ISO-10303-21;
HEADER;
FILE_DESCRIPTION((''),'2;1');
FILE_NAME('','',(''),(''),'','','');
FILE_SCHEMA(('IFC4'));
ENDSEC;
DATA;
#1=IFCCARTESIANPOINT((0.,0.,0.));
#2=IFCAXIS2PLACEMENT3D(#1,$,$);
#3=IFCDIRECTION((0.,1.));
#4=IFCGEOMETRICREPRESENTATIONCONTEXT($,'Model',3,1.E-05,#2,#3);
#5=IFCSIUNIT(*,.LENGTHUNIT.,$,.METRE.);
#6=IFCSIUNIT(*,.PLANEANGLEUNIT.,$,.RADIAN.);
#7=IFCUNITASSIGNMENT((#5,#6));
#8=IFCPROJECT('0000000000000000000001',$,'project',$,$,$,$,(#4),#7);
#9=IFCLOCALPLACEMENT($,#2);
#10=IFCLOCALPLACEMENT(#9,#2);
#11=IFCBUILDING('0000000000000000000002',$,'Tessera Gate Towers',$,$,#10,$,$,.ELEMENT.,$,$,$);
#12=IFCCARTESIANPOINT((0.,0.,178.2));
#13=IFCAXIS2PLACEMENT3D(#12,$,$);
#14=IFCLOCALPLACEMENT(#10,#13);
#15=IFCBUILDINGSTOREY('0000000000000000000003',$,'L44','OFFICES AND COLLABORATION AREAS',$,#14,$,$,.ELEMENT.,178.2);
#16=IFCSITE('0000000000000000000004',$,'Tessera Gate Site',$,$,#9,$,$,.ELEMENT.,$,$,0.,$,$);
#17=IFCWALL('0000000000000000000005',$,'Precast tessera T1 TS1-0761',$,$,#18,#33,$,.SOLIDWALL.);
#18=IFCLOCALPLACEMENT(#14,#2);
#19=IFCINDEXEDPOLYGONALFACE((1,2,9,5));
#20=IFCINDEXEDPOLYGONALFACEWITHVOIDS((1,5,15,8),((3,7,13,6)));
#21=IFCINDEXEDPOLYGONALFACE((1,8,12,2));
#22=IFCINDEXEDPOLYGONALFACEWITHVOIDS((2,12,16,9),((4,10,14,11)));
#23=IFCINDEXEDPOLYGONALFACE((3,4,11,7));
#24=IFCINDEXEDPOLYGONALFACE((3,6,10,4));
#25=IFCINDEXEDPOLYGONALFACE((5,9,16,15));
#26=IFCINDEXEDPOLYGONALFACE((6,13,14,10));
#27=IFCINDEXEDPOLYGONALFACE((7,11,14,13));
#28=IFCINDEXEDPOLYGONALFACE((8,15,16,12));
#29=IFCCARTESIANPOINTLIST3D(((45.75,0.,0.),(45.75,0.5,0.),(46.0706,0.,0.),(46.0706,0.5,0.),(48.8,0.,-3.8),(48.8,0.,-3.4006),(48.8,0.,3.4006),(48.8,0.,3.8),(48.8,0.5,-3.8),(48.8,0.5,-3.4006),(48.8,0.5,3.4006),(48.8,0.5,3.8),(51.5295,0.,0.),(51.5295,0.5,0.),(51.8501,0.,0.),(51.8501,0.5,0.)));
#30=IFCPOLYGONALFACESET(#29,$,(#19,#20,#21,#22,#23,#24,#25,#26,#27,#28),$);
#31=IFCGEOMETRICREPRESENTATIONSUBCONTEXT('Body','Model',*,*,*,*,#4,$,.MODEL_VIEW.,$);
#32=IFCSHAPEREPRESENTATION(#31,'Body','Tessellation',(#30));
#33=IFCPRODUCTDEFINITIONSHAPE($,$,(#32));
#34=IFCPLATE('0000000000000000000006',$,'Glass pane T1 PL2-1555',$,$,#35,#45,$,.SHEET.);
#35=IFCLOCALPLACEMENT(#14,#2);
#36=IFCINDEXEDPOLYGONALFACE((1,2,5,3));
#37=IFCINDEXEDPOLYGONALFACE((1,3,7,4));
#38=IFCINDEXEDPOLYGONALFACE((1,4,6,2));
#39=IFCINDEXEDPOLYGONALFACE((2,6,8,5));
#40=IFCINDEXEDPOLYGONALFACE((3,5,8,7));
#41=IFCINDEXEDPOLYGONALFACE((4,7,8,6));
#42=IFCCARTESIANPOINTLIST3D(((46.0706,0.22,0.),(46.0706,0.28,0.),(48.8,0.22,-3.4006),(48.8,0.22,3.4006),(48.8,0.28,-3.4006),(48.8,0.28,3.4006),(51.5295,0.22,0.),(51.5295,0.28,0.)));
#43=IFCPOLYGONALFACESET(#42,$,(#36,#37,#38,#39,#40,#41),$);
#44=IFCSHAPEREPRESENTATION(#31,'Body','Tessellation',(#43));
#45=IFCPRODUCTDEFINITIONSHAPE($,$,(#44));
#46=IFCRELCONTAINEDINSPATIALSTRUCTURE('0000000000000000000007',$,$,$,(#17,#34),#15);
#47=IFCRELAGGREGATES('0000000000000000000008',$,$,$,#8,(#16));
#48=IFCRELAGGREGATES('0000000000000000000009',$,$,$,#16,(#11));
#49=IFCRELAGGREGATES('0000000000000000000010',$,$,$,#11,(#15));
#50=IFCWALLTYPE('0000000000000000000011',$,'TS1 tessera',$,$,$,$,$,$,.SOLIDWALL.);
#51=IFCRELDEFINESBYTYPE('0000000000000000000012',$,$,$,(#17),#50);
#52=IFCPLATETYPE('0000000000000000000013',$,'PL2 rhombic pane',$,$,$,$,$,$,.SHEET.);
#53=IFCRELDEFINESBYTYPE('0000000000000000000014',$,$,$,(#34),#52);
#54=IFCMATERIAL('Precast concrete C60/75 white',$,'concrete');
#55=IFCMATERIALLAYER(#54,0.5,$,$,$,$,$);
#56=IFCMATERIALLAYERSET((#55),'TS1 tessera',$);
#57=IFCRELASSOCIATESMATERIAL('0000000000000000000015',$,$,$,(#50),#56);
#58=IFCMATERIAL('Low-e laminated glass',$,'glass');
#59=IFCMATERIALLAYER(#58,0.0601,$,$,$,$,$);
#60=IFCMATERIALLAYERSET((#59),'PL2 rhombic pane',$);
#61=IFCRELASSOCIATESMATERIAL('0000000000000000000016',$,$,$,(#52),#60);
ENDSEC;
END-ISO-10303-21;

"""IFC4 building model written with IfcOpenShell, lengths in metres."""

from ifc_helpers import new_model, si_unit, direction, frame, origin, place, context, subcontext, project, spatial, polyline, outline, extrude, source, transform, mapped, material, layer, layer_set, type_object, element, fill, save


model = new_model("IFC4")

# Units and contexts
model_context = context("Model", 3, precision=1e-05, world=origin(), true_north=direction((0.0, 1.0)))
body_context = subcontext(model_context, "Body", "Model", "MODEL_VIEW")
ifc_project = project(units=[si_unit("LENGTHUNIT", "METRE"), si_unit("PLANEANGLEUNIT", "RADIAN")], contexts=[model_context])

# Site, building, storey
site_placement = place(None, origin())
site = spatial("IfcSite", under=ifc_project, at=site_placement, Name="Tessera Gate Site", CompositionType="ELEMENT", RefElevation=0.0)
building_placement = place(site_placement, origin())
building = spatial("IfcBuilding", under=site, at=building_placement, Name="Tessera Gate Towers", CompositionType="ELEMENT")
storey_placement = place(building_placement, frame((0.0, 0.0, 178.2)))
storey = spatial("IfcBuildingStorey", under=building, at=storey_placement, Name="L44", Description="OFFICES AND COLLABORATION AREAS", CompositionType="ELEMENT", Elevation=178.2)

# Wall, opening, plate
ifc_material_1 = material(Name="Precast concrete C60/75 white", Category="concrete")
ifc_layer_1 = layer(ifc_material_1, 0.5)
ifc_layer_set_1 = layer_set([ifc_layer_1], Name="TS1 tessera")
wall_type_1 = type_object("IfcWallType", Name="TS1 tessera", PredefinedType="SOLIDWALL", material=ifc_layer_set_1)
shared_shape_1 = source(origin(), body_context, "Body", "SweptSolid", [
    extrude(outline(polyline([(3.05, 0.0), (6.1001, 3.8), (3.05, 7.6001), (0.0, 3.8), (3.05, 0.0)])), frame((0.0, 0.25, 0.0), z_axis=(0.0, -1.0, 0.0), x_axis=(1.0, 0.0, 0.0)), (0.0, 0.0, 1.0), 0.5),
])
shared_shape_2 = source(origin(), body_context, "Body", "SweptSolid", [
    extrude(outline(polyline([(3.05, 0.3994), (5.7795, 3.8), (3.05, 7.2007), (0.3206, 3.8), (3.05, 0.3994)])), frame((0.0, 0.26, 0.0), z_axis=(0.0, -1.0, 0.0), x_axis=(1.0, 0.0, 0.0)), (0.0, 0.0, 1.0), 0.52),
])
ifc_material_2 = material(Name="Low-e laminated glass", Category="glass")
ifc_layer_2 = layer(ifc_material_2, 0.0601)
ifc_layer_set_2 = layer_set([ifc_layer_2], Name="PL2 rhombic pane")
plate_type = type_object("IfcPlateType", Name="PL2 rhombic pane", PredefinedType="SHEET", material=ifc_layer_set_2)
shared_shape_3 = source(origin(), body_context, "Body", "SweptSolid", [
    extrude(outline(polyline([(3.05, 0.3994), (5.7795, 3.8), (3.05, 7.2007), (0.3206, 3.8), (3.05, 0.3994)])), frame((0.0, 0.03, 0.0), z_axis=(0.0, -1.0, 0.0), x_axis=(1.0, 0.0, 0.0)), (0.0, 0.0, 1.0), 0.0601),
])
wall_1_placement = place(storey_placement, frame((45.75, 0.25, -3.8), z_axis=(0.0, 0.0, 1.0), x_axis=(1.0, 0.0, 0.0)))
wall_1 = element("IfcWall", 1, at=wall_1_placement, inside=storey, type_object=wall_type_1, Name="Precast tessera T1 TS1-0761", PredefinedType="SOLIDWALL", context=body_context, shape_type="MappedRepresentation", body=[
    mapped(shared_shape_1, transform((0.0, 0.0, 0.0), scale=1.0)),
])
opening_1_placement = place(wall_1_placement, origin())
opening_1 = element("IfcOpeningElement", 2, at=opening_1_placement, cuts=wall_1, PredefinedType="OPENING", context=body_context, shape_type="MappedRepresentation", body=[
    mapped(shared_shape_2, transform((0.0, 0.0, 0.0), scale=1.0)),
])
plate_1_placement = place(opening_1_placement, origin())
plate_1 = element("IfcPlate", 3, at=plate_1_placement, inside=storey, type_object=plate_type, Name="Glass pane T1 PL2-1555", PredefinedType="SHEET", context=body_context, shape_type="MappedRepresentation", body=[
    mapped(shared_shape_3, transform((0.0, 0.0, 0.0), scale=1.0)),
])
fill(opening_1, plate_1)

save(model, "model.ifc")
